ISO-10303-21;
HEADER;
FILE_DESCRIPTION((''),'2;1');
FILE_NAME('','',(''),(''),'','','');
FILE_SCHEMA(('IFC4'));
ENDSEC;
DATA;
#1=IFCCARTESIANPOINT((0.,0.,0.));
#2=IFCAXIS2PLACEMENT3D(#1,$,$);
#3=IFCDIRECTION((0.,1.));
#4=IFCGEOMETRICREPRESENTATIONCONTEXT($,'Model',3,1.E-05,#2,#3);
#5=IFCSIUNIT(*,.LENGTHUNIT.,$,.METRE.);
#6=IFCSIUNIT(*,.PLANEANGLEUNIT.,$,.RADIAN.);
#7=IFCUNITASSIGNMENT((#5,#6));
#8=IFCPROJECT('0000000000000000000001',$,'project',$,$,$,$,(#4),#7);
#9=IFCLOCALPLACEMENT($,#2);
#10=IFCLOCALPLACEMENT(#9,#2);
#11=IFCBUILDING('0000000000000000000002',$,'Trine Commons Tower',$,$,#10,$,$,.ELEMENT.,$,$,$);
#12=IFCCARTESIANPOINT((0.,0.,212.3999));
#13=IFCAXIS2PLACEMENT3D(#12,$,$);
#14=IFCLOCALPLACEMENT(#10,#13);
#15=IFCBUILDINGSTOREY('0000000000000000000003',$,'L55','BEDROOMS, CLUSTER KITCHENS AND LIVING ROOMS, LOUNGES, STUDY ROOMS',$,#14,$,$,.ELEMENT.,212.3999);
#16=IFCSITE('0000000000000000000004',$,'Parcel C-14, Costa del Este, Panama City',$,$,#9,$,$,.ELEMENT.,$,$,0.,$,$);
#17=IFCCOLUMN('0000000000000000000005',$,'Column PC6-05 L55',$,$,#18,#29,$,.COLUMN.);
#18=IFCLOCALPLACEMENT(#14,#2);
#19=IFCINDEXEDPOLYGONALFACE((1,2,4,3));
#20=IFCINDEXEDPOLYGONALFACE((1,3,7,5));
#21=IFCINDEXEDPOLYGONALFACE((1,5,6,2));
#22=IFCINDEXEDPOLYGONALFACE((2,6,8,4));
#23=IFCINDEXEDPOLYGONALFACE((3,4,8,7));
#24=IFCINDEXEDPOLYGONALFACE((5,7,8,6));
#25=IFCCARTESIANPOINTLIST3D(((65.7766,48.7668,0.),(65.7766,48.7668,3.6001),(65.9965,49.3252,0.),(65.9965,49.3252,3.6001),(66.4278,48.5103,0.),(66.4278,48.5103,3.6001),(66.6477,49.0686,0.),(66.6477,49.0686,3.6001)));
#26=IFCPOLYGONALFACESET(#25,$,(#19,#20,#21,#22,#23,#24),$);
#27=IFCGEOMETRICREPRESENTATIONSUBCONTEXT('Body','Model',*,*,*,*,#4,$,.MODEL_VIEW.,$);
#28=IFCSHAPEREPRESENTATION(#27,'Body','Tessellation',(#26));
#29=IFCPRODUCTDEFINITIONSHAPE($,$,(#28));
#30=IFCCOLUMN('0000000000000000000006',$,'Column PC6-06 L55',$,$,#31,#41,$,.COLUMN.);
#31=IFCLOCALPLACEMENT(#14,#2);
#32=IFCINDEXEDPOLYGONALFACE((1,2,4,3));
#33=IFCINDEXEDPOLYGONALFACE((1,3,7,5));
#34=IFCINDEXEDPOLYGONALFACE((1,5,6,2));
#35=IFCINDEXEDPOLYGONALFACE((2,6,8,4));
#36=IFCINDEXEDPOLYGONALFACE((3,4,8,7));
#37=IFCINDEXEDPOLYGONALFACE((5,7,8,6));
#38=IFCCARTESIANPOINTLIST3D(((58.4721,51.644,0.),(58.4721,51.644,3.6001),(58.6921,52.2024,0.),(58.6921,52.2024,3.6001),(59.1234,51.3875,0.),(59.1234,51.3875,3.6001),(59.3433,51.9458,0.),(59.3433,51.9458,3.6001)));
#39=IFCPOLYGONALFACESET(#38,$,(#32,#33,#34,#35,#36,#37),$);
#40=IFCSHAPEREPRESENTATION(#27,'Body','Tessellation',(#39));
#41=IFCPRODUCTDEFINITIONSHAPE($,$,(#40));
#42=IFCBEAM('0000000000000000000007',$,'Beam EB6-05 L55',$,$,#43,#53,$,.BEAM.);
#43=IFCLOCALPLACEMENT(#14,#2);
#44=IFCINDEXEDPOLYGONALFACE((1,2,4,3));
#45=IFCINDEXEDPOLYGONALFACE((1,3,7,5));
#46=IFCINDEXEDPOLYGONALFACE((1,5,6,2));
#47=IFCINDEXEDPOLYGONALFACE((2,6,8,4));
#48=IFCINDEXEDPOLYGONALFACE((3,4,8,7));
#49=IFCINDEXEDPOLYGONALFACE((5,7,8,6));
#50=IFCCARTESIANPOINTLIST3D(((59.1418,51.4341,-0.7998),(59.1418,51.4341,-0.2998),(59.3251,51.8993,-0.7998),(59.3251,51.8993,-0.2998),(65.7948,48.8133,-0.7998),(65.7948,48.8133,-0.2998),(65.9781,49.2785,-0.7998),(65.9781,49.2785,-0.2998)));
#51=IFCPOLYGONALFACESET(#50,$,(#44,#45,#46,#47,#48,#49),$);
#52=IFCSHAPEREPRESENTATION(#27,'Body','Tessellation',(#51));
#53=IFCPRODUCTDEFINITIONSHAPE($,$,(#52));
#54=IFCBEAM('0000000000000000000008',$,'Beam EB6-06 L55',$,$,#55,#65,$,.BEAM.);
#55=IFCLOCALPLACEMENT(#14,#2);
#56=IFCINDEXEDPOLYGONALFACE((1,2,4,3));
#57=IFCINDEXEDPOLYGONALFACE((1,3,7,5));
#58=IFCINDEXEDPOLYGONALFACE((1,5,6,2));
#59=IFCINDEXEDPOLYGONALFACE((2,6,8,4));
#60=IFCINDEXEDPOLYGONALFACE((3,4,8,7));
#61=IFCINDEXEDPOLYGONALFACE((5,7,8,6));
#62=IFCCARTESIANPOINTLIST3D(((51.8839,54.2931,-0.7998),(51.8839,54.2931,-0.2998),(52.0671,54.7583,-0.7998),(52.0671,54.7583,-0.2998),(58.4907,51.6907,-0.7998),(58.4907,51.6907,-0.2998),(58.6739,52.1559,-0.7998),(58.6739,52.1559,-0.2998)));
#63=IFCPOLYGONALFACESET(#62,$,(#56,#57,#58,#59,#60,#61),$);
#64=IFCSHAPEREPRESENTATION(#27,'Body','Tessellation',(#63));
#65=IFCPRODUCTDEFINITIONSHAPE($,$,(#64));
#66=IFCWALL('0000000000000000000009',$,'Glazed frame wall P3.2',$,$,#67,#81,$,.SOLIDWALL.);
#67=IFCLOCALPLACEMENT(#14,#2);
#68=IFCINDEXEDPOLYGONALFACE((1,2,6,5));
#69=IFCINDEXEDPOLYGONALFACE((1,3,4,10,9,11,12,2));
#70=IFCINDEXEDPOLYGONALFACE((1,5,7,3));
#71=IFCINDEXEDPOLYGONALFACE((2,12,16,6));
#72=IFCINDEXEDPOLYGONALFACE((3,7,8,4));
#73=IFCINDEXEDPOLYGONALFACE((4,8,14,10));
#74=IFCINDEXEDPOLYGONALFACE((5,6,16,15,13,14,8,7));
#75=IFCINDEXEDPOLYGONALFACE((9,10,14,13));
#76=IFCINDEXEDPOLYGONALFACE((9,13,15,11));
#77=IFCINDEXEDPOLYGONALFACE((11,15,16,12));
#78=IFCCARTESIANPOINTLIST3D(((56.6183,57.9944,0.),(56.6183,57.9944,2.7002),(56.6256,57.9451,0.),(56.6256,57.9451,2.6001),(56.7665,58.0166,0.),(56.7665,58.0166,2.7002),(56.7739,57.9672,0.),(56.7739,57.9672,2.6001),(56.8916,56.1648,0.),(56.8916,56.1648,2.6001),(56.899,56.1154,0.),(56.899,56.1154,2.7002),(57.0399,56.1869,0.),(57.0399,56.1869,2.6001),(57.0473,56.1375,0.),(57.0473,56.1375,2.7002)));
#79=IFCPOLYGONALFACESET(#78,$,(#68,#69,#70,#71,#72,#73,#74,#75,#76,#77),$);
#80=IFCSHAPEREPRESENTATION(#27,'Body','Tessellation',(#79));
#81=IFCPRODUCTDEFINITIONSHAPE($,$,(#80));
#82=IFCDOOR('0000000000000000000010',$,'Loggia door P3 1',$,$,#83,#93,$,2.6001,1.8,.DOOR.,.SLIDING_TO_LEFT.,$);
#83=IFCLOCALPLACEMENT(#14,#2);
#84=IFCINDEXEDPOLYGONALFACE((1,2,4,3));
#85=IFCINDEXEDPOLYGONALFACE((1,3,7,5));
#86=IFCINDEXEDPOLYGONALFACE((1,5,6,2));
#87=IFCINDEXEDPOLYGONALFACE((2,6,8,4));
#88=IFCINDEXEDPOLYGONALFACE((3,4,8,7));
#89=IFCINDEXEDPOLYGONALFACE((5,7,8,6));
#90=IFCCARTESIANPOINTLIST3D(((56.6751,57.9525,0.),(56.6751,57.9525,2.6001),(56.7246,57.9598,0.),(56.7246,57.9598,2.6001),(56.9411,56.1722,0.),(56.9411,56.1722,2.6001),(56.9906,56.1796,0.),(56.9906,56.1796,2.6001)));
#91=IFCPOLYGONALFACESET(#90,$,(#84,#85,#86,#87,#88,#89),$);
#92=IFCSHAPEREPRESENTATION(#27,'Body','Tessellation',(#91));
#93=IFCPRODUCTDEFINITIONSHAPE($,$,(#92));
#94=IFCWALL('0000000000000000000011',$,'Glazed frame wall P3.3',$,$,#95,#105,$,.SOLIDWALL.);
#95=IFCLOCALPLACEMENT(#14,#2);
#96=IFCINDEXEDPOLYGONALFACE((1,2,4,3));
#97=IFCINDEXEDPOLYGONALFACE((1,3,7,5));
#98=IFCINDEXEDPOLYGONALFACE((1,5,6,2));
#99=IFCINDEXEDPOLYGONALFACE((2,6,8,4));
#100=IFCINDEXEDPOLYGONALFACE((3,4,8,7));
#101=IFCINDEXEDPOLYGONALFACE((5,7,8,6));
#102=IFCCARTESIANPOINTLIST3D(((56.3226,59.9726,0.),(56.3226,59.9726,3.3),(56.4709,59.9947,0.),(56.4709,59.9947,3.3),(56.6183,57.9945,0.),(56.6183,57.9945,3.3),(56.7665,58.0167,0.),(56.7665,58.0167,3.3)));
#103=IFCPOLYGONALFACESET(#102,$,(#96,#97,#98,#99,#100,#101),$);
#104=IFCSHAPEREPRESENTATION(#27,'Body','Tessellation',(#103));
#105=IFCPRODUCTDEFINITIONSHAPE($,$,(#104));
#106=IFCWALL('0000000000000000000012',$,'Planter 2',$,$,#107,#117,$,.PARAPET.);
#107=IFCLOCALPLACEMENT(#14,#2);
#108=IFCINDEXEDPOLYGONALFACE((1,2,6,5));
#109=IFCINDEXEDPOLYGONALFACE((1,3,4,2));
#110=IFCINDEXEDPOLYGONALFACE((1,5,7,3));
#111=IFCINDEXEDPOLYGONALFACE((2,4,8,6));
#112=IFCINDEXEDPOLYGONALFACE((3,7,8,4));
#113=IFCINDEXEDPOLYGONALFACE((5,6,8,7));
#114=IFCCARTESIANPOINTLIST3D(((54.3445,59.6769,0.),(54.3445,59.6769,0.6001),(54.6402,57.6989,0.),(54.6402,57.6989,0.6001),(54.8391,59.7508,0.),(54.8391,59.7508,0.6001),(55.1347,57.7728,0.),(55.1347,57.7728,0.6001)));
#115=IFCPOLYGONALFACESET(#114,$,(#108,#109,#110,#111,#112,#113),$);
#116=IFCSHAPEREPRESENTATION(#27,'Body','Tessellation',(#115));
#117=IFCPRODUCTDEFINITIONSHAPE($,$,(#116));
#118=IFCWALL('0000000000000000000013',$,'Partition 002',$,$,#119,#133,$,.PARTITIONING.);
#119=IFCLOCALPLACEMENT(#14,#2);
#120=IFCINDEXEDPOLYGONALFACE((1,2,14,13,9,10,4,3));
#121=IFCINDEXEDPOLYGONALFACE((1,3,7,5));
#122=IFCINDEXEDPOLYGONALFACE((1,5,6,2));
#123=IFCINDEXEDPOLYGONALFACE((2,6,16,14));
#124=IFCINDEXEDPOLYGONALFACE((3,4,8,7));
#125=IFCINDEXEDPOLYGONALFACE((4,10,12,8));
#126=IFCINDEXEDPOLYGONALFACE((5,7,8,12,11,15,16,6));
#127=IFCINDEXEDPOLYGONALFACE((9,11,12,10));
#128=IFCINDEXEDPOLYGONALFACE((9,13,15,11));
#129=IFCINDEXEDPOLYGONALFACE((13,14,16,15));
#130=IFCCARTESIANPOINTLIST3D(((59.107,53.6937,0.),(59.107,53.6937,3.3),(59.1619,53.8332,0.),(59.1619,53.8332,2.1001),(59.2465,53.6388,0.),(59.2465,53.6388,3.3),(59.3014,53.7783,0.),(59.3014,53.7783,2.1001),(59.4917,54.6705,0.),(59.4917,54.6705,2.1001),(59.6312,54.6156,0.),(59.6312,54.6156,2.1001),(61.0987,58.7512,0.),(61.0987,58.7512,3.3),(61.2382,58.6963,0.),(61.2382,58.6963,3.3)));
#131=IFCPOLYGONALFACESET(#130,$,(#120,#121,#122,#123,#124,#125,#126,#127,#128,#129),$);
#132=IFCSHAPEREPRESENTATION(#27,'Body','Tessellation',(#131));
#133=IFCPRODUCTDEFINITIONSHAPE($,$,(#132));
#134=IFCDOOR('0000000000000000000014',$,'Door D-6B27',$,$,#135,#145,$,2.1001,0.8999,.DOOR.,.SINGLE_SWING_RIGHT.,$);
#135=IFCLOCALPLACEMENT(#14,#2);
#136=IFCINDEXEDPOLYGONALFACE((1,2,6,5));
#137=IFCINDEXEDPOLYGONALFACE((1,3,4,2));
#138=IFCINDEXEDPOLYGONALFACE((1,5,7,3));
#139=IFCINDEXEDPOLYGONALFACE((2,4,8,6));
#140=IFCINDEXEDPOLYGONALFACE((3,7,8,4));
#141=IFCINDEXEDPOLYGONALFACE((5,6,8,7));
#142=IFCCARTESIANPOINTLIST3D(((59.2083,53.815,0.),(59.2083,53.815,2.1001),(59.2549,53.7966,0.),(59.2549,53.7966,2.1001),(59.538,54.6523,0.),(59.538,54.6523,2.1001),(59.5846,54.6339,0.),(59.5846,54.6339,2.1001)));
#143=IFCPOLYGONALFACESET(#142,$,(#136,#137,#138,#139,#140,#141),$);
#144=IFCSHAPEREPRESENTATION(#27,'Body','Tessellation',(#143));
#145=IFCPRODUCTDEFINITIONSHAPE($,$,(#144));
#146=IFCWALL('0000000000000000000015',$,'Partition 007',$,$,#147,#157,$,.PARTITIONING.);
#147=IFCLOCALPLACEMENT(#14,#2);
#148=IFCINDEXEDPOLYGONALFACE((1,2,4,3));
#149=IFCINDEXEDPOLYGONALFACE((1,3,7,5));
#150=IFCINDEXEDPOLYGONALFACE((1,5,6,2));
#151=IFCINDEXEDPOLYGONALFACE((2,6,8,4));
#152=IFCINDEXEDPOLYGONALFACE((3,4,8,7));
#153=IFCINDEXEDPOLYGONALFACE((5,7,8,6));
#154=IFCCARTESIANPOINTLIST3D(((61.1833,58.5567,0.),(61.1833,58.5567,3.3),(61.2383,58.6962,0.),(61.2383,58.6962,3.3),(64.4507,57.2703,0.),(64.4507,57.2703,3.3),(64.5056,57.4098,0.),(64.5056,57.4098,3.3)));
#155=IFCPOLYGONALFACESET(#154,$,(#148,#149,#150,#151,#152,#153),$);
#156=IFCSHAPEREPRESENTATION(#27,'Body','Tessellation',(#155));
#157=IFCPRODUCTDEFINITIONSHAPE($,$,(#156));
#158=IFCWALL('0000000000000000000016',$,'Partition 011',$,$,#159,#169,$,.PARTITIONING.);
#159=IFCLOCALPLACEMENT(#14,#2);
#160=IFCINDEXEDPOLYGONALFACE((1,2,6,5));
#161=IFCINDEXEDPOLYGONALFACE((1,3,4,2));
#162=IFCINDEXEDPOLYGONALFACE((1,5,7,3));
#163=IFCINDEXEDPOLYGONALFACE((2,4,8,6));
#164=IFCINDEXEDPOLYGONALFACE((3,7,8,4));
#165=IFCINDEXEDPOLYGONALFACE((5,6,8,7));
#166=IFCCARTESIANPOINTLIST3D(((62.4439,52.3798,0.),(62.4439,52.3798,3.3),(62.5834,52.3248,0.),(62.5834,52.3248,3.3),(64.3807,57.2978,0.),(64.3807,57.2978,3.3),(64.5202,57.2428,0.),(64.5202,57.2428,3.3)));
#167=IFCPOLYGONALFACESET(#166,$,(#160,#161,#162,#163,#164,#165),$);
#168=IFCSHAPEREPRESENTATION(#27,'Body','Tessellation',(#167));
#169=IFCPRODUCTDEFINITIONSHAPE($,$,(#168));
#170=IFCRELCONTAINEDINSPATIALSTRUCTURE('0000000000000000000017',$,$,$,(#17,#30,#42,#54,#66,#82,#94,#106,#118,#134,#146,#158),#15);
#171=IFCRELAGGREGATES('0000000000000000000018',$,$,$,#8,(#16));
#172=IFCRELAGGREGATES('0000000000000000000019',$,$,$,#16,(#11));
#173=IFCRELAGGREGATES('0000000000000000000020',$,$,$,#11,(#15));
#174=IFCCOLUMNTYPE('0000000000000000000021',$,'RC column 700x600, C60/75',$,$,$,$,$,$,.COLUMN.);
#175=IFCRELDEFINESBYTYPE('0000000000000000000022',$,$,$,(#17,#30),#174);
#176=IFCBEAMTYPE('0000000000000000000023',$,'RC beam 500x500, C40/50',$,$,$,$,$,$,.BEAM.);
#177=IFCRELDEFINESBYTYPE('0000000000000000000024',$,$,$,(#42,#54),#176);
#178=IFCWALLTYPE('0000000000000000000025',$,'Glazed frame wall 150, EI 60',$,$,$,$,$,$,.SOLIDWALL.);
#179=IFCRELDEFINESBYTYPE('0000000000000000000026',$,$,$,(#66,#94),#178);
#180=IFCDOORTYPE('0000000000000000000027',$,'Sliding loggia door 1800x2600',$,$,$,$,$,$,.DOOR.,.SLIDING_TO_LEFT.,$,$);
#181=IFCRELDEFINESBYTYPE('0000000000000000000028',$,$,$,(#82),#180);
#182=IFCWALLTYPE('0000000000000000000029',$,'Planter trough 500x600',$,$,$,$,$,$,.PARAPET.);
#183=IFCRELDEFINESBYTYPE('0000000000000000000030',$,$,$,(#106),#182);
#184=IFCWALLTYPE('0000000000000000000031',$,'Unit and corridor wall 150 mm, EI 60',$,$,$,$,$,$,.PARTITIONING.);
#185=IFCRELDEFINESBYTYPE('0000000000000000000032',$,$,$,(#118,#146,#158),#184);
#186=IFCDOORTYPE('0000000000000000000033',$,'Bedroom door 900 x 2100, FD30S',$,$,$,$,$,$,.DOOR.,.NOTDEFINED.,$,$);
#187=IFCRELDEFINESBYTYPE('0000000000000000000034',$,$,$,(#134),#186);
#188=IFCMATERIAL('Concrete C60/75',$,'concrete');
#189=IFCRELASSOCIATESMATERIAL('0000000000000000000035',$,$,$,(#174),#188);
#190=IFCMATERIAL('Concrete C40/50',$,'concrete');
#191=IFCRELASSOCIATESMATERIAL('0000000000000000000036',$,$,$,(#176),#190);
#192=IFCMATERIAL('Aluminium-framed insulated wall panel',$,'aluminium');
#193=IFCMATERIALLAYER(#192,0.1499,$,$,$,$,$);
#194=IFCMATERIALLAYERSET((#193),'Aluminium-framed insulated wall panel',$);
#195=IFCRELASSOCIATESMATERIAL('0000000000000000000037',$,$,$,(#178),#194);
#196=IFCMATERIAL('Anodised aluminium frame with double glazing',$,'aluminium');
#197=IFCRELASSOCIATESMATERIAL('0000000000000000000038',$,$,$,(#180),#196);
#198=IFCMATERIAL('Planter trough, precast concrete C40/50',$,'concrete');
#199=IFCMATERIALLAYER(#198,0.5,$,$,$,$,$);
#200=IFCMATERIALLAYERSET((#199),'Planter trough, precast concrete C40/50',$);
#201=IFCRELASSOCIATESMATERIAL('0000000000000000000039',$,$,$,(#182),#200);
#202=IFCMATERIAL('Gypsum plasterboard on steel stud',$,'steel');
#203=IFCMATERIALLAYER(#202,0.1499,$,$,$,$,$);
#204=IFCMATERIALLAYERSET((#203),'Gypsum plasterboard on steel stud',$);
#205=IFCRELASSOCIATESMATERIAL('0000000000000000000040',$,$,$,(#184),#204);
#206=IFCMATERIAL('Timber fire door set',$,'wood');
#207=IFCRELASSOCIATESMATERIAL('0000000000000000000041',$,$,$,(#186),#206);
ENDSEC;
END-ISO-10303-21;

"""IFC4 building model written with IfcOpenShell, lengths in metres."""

from ifc_helpers import new_model, si_unit, direction, frame, frame_2d, origin, origin_2d, place, context, subcontext, project, spatial, polyline, rectangle, outline, extrude, material, layer, layer_set, material_profile, profile_set, type_object, element, fill, save


model = new_model("IFC4")

# Units and contexts
model_context = context("Model", 3, precision=1e-05, world=origin(), true_north=direction((0.0, 1.0)))
body_context = subcontext(model_context, "Body", "Model", "MODEL_VIEW")
ifc_project = project(units=[si_unit("LENGTHUNIT", "METRE"), si_unit("PLANEANGLEUNIT", "RADIAN")], contexts=[model_context])

# Site, building, storey
site_placement = place(None, origin())
site = spatial("IfcSite", under=ifc_project, at=site_placement, Name="Parcel C-14, Costa del Este, Panama City", CompositionType="ELEMENT", RefElevation=0.0)
building_placement = place(site_placement, origin())
building = spatial("IfcBuilding", under=site, at=building_placement, Name="Trine Commons Tower", CompositionType="ELEMENT")
storey_placement = place(building_placement, frame((0.0, 0.0, 212.3999)))
storey = spatial("IfcBuildingStorey", under=building, at=storey_placement, Name="L55", Description="BEDROOMS, CLUSTER KITCHENS AND LIVING ROOMS, LOUNGES, STUDY ROOMS", CompositionType="ELEMENT", Elevation=212.3999)

# Columns
ifc_material_1 = material(Name="Concrete C60/75", Category="concrete")
ifc_material_profile_1 = material_profile(ifc_material_1, rectangle(XDim=0.7, YDim=0.6001, at=origin_2d()), Name="RC 700x600")
ifc_profile_set_1 = profile_set([ifc_material_profile_1], Name="Concrete C60/75")
column_type = type_object("IfcColumnType", Name="RC column 700x600, C60/75", PredefinedType="COLUMN", material=ifc_profile_set_1)
for number, where, z_axis, x_axis, name in (
    (1, (66.2122, 48.9177, 0.0), (0.0, 0.0, 1.0), (-0.930418, 0.366501, 0.0), "Column PC6-05 L55"),
    (2, (58.9077, 51.7949, 0.0), (0.0, 0.0, 1.0), (-0.930418, 0.366501, 0.0), "Column PC6-06 L55"),
):
    element("IfcColumn", number, at=place(storey_placement, frame(where, z_axis=z_axis, x_axis=x_axis)), inside=storey, type_object=column_type, Name=name, PredefinedType="COLUMN", context=body_context, shape_type="SweptSolid", body=[
        extrude(rectangle(XDim=0.7, YDim=0.6001, at=origin_2d()), origin(), (0.0, 0.0, 1.0), 3.6001),
    ])

# Beams
ifc_material_2 = material(Name="Concrete C40/50", Category="concrete")
ifc_material_profile_2 = material_profile(ifc_material_2, rectangle(XDim=0.5, YDim=0.5, at=origin_2d()), Name="RC 500x500")
ifc_profile_set_2 = profile_set([ifc_material_profile_2], Name="Concrete C40/50")
beam_type = type_object("IfcBeamType", Name="RC beam 500x500, C40/50", PredefinedType="BEAM", material=ifc_profile_set_2)
beam_1_placement = place(storey_placement, frame((65.8865, 49.0459, -0.5498), z_axis=(-0.930411, 0.366517, 0.0), x_axis=(-0.366517, -0.930411, 0.0)))
element("IfcBeam", 3, at=beam_1_placement, inside=storey, type_object=beam_type, Name="Beam EB6-05 L55", PredefinedType="BEAM", context=body_context, shape_type="SweptSolid", body=[
    extrude(rectangle(XDim=0.5, YDim=0.5, at=origin_2d()), origin(), (0.0, 0.0, 1.0), 7.1506),
])
beam_2_placement = place(storey_placement, frame((58.5823, 51.9233, -0.5498), z_axis=(-0.930425, 0.366483, 0.0), x_axis=(-0.366483, -0.930425, 0.0)))
element("IfcBeam", 4, at=beam_2_placement, inside=storey, type_object=beam_type, Name="Beam EB6-06 L55", PredefinedType="BEAM", context=body_context, shape_type="SweptSolid", body=[
    extrude(rectangle(XDim=0.5, YDim=0.5, at=origin_2d()), origin(), (0.0, 0.0, 1.0), 7.1008),
])

# Shared definitions
ifc_material_3 = material(Name="Aluminium-framed insulated wall panel", Category="aluminium")
ifc_layer_1 = layer(ifc_material_3, 0.1499)
ifc_layer_set_1 = layer_set([ifc_layer_1], Name="Aluminium-framed insulated wall panel")
wall_type_1 = type_object("IfcWallType", Name="Glazed frame wall 150, EI 60", PredefinedType="SOLIDWALL", material=ifc_layer_set_1)

# Wall, opening, door
wall_1_placement = place(storey_placement, frame((56.9731, 56.1265, 0.0), z_axis=(0.0, 0.0, 1.0), x_axis=(-0.147769, 0.989022, 0.0)))
wall_1 = element("IfcWall", 5, at=wall_1_placement, inside=storey, type_object=wall_type_1, Name="Glazed frame wall P3.2", PredefinedType="SOLIDWALL", context=body_context, shape_type="SweptSolid", body=[
    extrude(outline(polyline([(0.0, -0.075), (1.8999, -0.075), (1.8999, 0.075), (0.0, 0.075), (0.0, -0.075)])), origin(), (0.0, 0.0, 1.0), 2.7002),
])
opening_1_placement = place(wall_1_placement, frame((0.05, 0.0, 0.0)))
opening_1 = element("IfcOpeningElement", 6, at=opening_1_placement, cuts=wall_1, PredefinedType="OPENING", context=body_context, shape_type="SweptSolid", body=[
    extrude(rectangle(XDim=1.8, YDim=2.6001, at=frame_2d((0.8999, 1.3))), frame((0.0, 0.085, 0.0), z_axis=(0.0, -1.0, 0.0), x_axis=(1.0, 0.0, 0.0)), (0.0, 0.0, 1.0), 0.1699),
])
ifc_material_4 = material(Name="Anodised aluminium frame with double glazing", Category="aluminium")
door_type_1 = type_object("IfcDoorType", Name="Sliding loggia door 1800x2600", OperationType="SLIDING_TO_LEFT", PredefinedType="DOOR", material=ifc_material_4)
door_1_placement = place(opening_1_placement, origin())
door_1 = element("IfcDoor", 7, at=door_1_placement, inside=storey, type_object=door_type_1, Name="Loggia door P3 1", OperationType="SLIDING_TO_LEFT", OverallHeight=2.6001, OverallWidth=1.8, PredefinedType="DOOR", context=body_context, shape_type="SweptSolid", body=[
    extrude(rectangle(XDim=1.8, YDim=2.6001, at=frame_2d((0.8999, 1.3))), frame((0.0, 0.0249, 0.0), z_axis=(0.0, -1.0, 0.0), x_axis=(1.0, 0.0, 0.0)), (0.0, 0.0, 1.0), 0.05),
])
fill(opening_1, door_1)

# Walls
wall_2_placement = place(storey_placement, frame((56.6924, 58.0056, 0.0), z_axis=(0.0, 0.0, 1.0), x_axis=(-0.147827, 0.989013, 0.0)))
element("IfcWall", 8, at=wall_2_placement, inside=storey, type_object=wall_type_1, Name="Glazed frame wall P3.3", PredefinedType="SOLIDWALL", context=body_context, shape_type="SweptSolid", body=[
    extrude(outline(polyline([(0.0, -0.075), (2.0, -0.075), (2.0, 0.075), (0.0, 0.075), (0.0, -0.075)])), origin(), (0.0, 0.0, 1.0), 3.3),
])
ifc_material_5 = material(Name="Planter trough, precast concrete C40/50", Category="concrete")
ifc_layer_2 = layer(ifc_material_5, 0.5)
ifc_layer_set_2 = layer_set([ifc_layer_2], Name="Planter trough, precast concrete C40/50")
wall_type_2 = type_object("IfcWallType", Name="Planter trough 500x600", PredefinedType="PARAPET", material=ifc_layer_set_2)
wall_3_placement = place(storey_placement, frame((54.8875, 57.7358, 0.0), z_axis=(0.0, 0.0, 1.0), x_axis=(-0.147827, 0.989013, 0.0)))
element("IfcWall", 9, at=wall_3_placement, inside=storey, type_object=wall_type_2, Name="Planter 2", PredefinedType="PARAPET", context=body_context, shape_type="SweptSolid", body=[
    extrude(rectangle(XDim=2.0, YDim=0.5, at=frame_2d((1.0, 0.0))), origin(), (0.0, 0.0, 1.0), 0.6001),
])

# Wall, opening, door
ifc_material_6 = material(Name="Gypsum plasterboard on steel stud", Category="steel")
ifc_layer_3 = layer(ifc_material_6, 0.1499)
ifc_layer_set_3 = layer_set([ifc_layer_3], Name="Gypsum plasterboard on steel stud")
wall_type_3 = type_object("IfcWallType", Name="Unit and corridor wall 150 mm, EI 60", PredefinedType="PARTITIONING", material=ifc_layer_set_3)
wall_4_placement = place(storey_placement, frame((59.1768, 53.6663, 0.0), z_axis=(0.0, 0.0, 1.0), x_axis=(0.366414, 0.930452, 0.0)))
wall_4 = element("IfcWall", 10, at=wall_4_placement, inside=storey, type_object=wall_type_3, Name="Partition 002", PredefinedType="PARTITIONING", context=body_context, shape_type="SweptSolid", body=[
    extrude(rectangle(XDim=5.4355, YDim=0.1499, at=frame_2d((2.7178, 0.0))), origin(), (0.0, 0.0, 1.0), 3.3),
])
opening_2_placement = place(wall_4_placement, frame((0.1499, 0.0, 0.0)))
opening_2 = element("IfcOpeningElement", 11, at=opening_2_placement, cuts=wall_4, PredefinedType="OPENING", context=body_context, shape_type="SweptSolid", body=[
    extrude(rectangle(XDim=0.8999, YDim=2.1001, at=frame_2d((0.45, 1.05))), frame((0.0, 0.085, 0.0), z_axis=(0.0, -1.0, 0.0), x_axis=(1.0, 0.0, 0.0)), (0.0, 0.0, 1.0), 0.1699),
])
ifc_material_7 = material(Name="Timber fire door set", Category="wood")
door_type_2 = type_object("IfcDoorType", Name="Bedroom door 900 x 2100, FD30S", OperationType="NOTDEFINED", PredefinedType="DOOR", material=ifc_material_7)
door_2_placement = place(opening_2_placement, frame((0.8999, 0.0, 0.0), z_axis=(0.0, 0.0, 1.0), x_axis=(-1.0, 0.0, 0.0)))
door_2 = element("IfcDoor", 12, at=door_2_placement, inside=storey, type_object=door_type_2, Name="Door D-6B27", OperationType="SINGLE_SWING_RIGHT", OverallHeight=2.1001, OverallWidth=0.8999, PredefinedType="DOOR", context=body_context, shape_type="SweptSolid", body=[
    extrude(rectangle(XDim=0.8999, YDim=2.1001, at=frame_2d((0.45, 1.05))), frame((0.0, 0.0249, 0.0), z_axis=(0.0, -1.0, 0.0), x_axis=(1.0, 0.0, 0.0)), (0.0, 0.0, 1.0), 0.05),
])
fill(opening_2, door_2)

# Walls
wall_5_placement = place(storey_placement, frame((61.2107, 58.6265, 0.0), z_axis=(0.0, 0.0, 1.0), x_axis=(0.930482, -0.366338, 0.0)))
element("IfcWall", 13, at=wall_5_placement, inside=storey, type_object=wall_type_3, Name="Partition 007", PredefinedType="PARTITIONING", context=body_context, shape_type="SweptSolid", body=[
    extrude(rectangle(XDim=3.5115, YDim=0.1499, at=frame_2d((1.7559, 0.0))), origin(), (0.0, 0.0, 1.0), 3.3),
])
wall_6_placement = place(storey_placement, frame((62.5137, 52.3523, 0.0), z_axis=(0.0, 0.0, 1.0), x_axis=(0.366424, 0.930448, 0.0)))
element("IfcWall", 14, at=wall_6_placement, inside=storey, type_object=wall_type_3, Name="Partition 011", PredefinedType="PARTITIONING", context=body_context, shape_type="SweptSolid", body=[
    extrude(rectangle(XDim=5.2856, YDim=0.1499, at=frame_2d((2.6428, 0.0))), origin(), (0.0, 0.0, 1.0), 3.3),
])

save(model, "model.ifc")
